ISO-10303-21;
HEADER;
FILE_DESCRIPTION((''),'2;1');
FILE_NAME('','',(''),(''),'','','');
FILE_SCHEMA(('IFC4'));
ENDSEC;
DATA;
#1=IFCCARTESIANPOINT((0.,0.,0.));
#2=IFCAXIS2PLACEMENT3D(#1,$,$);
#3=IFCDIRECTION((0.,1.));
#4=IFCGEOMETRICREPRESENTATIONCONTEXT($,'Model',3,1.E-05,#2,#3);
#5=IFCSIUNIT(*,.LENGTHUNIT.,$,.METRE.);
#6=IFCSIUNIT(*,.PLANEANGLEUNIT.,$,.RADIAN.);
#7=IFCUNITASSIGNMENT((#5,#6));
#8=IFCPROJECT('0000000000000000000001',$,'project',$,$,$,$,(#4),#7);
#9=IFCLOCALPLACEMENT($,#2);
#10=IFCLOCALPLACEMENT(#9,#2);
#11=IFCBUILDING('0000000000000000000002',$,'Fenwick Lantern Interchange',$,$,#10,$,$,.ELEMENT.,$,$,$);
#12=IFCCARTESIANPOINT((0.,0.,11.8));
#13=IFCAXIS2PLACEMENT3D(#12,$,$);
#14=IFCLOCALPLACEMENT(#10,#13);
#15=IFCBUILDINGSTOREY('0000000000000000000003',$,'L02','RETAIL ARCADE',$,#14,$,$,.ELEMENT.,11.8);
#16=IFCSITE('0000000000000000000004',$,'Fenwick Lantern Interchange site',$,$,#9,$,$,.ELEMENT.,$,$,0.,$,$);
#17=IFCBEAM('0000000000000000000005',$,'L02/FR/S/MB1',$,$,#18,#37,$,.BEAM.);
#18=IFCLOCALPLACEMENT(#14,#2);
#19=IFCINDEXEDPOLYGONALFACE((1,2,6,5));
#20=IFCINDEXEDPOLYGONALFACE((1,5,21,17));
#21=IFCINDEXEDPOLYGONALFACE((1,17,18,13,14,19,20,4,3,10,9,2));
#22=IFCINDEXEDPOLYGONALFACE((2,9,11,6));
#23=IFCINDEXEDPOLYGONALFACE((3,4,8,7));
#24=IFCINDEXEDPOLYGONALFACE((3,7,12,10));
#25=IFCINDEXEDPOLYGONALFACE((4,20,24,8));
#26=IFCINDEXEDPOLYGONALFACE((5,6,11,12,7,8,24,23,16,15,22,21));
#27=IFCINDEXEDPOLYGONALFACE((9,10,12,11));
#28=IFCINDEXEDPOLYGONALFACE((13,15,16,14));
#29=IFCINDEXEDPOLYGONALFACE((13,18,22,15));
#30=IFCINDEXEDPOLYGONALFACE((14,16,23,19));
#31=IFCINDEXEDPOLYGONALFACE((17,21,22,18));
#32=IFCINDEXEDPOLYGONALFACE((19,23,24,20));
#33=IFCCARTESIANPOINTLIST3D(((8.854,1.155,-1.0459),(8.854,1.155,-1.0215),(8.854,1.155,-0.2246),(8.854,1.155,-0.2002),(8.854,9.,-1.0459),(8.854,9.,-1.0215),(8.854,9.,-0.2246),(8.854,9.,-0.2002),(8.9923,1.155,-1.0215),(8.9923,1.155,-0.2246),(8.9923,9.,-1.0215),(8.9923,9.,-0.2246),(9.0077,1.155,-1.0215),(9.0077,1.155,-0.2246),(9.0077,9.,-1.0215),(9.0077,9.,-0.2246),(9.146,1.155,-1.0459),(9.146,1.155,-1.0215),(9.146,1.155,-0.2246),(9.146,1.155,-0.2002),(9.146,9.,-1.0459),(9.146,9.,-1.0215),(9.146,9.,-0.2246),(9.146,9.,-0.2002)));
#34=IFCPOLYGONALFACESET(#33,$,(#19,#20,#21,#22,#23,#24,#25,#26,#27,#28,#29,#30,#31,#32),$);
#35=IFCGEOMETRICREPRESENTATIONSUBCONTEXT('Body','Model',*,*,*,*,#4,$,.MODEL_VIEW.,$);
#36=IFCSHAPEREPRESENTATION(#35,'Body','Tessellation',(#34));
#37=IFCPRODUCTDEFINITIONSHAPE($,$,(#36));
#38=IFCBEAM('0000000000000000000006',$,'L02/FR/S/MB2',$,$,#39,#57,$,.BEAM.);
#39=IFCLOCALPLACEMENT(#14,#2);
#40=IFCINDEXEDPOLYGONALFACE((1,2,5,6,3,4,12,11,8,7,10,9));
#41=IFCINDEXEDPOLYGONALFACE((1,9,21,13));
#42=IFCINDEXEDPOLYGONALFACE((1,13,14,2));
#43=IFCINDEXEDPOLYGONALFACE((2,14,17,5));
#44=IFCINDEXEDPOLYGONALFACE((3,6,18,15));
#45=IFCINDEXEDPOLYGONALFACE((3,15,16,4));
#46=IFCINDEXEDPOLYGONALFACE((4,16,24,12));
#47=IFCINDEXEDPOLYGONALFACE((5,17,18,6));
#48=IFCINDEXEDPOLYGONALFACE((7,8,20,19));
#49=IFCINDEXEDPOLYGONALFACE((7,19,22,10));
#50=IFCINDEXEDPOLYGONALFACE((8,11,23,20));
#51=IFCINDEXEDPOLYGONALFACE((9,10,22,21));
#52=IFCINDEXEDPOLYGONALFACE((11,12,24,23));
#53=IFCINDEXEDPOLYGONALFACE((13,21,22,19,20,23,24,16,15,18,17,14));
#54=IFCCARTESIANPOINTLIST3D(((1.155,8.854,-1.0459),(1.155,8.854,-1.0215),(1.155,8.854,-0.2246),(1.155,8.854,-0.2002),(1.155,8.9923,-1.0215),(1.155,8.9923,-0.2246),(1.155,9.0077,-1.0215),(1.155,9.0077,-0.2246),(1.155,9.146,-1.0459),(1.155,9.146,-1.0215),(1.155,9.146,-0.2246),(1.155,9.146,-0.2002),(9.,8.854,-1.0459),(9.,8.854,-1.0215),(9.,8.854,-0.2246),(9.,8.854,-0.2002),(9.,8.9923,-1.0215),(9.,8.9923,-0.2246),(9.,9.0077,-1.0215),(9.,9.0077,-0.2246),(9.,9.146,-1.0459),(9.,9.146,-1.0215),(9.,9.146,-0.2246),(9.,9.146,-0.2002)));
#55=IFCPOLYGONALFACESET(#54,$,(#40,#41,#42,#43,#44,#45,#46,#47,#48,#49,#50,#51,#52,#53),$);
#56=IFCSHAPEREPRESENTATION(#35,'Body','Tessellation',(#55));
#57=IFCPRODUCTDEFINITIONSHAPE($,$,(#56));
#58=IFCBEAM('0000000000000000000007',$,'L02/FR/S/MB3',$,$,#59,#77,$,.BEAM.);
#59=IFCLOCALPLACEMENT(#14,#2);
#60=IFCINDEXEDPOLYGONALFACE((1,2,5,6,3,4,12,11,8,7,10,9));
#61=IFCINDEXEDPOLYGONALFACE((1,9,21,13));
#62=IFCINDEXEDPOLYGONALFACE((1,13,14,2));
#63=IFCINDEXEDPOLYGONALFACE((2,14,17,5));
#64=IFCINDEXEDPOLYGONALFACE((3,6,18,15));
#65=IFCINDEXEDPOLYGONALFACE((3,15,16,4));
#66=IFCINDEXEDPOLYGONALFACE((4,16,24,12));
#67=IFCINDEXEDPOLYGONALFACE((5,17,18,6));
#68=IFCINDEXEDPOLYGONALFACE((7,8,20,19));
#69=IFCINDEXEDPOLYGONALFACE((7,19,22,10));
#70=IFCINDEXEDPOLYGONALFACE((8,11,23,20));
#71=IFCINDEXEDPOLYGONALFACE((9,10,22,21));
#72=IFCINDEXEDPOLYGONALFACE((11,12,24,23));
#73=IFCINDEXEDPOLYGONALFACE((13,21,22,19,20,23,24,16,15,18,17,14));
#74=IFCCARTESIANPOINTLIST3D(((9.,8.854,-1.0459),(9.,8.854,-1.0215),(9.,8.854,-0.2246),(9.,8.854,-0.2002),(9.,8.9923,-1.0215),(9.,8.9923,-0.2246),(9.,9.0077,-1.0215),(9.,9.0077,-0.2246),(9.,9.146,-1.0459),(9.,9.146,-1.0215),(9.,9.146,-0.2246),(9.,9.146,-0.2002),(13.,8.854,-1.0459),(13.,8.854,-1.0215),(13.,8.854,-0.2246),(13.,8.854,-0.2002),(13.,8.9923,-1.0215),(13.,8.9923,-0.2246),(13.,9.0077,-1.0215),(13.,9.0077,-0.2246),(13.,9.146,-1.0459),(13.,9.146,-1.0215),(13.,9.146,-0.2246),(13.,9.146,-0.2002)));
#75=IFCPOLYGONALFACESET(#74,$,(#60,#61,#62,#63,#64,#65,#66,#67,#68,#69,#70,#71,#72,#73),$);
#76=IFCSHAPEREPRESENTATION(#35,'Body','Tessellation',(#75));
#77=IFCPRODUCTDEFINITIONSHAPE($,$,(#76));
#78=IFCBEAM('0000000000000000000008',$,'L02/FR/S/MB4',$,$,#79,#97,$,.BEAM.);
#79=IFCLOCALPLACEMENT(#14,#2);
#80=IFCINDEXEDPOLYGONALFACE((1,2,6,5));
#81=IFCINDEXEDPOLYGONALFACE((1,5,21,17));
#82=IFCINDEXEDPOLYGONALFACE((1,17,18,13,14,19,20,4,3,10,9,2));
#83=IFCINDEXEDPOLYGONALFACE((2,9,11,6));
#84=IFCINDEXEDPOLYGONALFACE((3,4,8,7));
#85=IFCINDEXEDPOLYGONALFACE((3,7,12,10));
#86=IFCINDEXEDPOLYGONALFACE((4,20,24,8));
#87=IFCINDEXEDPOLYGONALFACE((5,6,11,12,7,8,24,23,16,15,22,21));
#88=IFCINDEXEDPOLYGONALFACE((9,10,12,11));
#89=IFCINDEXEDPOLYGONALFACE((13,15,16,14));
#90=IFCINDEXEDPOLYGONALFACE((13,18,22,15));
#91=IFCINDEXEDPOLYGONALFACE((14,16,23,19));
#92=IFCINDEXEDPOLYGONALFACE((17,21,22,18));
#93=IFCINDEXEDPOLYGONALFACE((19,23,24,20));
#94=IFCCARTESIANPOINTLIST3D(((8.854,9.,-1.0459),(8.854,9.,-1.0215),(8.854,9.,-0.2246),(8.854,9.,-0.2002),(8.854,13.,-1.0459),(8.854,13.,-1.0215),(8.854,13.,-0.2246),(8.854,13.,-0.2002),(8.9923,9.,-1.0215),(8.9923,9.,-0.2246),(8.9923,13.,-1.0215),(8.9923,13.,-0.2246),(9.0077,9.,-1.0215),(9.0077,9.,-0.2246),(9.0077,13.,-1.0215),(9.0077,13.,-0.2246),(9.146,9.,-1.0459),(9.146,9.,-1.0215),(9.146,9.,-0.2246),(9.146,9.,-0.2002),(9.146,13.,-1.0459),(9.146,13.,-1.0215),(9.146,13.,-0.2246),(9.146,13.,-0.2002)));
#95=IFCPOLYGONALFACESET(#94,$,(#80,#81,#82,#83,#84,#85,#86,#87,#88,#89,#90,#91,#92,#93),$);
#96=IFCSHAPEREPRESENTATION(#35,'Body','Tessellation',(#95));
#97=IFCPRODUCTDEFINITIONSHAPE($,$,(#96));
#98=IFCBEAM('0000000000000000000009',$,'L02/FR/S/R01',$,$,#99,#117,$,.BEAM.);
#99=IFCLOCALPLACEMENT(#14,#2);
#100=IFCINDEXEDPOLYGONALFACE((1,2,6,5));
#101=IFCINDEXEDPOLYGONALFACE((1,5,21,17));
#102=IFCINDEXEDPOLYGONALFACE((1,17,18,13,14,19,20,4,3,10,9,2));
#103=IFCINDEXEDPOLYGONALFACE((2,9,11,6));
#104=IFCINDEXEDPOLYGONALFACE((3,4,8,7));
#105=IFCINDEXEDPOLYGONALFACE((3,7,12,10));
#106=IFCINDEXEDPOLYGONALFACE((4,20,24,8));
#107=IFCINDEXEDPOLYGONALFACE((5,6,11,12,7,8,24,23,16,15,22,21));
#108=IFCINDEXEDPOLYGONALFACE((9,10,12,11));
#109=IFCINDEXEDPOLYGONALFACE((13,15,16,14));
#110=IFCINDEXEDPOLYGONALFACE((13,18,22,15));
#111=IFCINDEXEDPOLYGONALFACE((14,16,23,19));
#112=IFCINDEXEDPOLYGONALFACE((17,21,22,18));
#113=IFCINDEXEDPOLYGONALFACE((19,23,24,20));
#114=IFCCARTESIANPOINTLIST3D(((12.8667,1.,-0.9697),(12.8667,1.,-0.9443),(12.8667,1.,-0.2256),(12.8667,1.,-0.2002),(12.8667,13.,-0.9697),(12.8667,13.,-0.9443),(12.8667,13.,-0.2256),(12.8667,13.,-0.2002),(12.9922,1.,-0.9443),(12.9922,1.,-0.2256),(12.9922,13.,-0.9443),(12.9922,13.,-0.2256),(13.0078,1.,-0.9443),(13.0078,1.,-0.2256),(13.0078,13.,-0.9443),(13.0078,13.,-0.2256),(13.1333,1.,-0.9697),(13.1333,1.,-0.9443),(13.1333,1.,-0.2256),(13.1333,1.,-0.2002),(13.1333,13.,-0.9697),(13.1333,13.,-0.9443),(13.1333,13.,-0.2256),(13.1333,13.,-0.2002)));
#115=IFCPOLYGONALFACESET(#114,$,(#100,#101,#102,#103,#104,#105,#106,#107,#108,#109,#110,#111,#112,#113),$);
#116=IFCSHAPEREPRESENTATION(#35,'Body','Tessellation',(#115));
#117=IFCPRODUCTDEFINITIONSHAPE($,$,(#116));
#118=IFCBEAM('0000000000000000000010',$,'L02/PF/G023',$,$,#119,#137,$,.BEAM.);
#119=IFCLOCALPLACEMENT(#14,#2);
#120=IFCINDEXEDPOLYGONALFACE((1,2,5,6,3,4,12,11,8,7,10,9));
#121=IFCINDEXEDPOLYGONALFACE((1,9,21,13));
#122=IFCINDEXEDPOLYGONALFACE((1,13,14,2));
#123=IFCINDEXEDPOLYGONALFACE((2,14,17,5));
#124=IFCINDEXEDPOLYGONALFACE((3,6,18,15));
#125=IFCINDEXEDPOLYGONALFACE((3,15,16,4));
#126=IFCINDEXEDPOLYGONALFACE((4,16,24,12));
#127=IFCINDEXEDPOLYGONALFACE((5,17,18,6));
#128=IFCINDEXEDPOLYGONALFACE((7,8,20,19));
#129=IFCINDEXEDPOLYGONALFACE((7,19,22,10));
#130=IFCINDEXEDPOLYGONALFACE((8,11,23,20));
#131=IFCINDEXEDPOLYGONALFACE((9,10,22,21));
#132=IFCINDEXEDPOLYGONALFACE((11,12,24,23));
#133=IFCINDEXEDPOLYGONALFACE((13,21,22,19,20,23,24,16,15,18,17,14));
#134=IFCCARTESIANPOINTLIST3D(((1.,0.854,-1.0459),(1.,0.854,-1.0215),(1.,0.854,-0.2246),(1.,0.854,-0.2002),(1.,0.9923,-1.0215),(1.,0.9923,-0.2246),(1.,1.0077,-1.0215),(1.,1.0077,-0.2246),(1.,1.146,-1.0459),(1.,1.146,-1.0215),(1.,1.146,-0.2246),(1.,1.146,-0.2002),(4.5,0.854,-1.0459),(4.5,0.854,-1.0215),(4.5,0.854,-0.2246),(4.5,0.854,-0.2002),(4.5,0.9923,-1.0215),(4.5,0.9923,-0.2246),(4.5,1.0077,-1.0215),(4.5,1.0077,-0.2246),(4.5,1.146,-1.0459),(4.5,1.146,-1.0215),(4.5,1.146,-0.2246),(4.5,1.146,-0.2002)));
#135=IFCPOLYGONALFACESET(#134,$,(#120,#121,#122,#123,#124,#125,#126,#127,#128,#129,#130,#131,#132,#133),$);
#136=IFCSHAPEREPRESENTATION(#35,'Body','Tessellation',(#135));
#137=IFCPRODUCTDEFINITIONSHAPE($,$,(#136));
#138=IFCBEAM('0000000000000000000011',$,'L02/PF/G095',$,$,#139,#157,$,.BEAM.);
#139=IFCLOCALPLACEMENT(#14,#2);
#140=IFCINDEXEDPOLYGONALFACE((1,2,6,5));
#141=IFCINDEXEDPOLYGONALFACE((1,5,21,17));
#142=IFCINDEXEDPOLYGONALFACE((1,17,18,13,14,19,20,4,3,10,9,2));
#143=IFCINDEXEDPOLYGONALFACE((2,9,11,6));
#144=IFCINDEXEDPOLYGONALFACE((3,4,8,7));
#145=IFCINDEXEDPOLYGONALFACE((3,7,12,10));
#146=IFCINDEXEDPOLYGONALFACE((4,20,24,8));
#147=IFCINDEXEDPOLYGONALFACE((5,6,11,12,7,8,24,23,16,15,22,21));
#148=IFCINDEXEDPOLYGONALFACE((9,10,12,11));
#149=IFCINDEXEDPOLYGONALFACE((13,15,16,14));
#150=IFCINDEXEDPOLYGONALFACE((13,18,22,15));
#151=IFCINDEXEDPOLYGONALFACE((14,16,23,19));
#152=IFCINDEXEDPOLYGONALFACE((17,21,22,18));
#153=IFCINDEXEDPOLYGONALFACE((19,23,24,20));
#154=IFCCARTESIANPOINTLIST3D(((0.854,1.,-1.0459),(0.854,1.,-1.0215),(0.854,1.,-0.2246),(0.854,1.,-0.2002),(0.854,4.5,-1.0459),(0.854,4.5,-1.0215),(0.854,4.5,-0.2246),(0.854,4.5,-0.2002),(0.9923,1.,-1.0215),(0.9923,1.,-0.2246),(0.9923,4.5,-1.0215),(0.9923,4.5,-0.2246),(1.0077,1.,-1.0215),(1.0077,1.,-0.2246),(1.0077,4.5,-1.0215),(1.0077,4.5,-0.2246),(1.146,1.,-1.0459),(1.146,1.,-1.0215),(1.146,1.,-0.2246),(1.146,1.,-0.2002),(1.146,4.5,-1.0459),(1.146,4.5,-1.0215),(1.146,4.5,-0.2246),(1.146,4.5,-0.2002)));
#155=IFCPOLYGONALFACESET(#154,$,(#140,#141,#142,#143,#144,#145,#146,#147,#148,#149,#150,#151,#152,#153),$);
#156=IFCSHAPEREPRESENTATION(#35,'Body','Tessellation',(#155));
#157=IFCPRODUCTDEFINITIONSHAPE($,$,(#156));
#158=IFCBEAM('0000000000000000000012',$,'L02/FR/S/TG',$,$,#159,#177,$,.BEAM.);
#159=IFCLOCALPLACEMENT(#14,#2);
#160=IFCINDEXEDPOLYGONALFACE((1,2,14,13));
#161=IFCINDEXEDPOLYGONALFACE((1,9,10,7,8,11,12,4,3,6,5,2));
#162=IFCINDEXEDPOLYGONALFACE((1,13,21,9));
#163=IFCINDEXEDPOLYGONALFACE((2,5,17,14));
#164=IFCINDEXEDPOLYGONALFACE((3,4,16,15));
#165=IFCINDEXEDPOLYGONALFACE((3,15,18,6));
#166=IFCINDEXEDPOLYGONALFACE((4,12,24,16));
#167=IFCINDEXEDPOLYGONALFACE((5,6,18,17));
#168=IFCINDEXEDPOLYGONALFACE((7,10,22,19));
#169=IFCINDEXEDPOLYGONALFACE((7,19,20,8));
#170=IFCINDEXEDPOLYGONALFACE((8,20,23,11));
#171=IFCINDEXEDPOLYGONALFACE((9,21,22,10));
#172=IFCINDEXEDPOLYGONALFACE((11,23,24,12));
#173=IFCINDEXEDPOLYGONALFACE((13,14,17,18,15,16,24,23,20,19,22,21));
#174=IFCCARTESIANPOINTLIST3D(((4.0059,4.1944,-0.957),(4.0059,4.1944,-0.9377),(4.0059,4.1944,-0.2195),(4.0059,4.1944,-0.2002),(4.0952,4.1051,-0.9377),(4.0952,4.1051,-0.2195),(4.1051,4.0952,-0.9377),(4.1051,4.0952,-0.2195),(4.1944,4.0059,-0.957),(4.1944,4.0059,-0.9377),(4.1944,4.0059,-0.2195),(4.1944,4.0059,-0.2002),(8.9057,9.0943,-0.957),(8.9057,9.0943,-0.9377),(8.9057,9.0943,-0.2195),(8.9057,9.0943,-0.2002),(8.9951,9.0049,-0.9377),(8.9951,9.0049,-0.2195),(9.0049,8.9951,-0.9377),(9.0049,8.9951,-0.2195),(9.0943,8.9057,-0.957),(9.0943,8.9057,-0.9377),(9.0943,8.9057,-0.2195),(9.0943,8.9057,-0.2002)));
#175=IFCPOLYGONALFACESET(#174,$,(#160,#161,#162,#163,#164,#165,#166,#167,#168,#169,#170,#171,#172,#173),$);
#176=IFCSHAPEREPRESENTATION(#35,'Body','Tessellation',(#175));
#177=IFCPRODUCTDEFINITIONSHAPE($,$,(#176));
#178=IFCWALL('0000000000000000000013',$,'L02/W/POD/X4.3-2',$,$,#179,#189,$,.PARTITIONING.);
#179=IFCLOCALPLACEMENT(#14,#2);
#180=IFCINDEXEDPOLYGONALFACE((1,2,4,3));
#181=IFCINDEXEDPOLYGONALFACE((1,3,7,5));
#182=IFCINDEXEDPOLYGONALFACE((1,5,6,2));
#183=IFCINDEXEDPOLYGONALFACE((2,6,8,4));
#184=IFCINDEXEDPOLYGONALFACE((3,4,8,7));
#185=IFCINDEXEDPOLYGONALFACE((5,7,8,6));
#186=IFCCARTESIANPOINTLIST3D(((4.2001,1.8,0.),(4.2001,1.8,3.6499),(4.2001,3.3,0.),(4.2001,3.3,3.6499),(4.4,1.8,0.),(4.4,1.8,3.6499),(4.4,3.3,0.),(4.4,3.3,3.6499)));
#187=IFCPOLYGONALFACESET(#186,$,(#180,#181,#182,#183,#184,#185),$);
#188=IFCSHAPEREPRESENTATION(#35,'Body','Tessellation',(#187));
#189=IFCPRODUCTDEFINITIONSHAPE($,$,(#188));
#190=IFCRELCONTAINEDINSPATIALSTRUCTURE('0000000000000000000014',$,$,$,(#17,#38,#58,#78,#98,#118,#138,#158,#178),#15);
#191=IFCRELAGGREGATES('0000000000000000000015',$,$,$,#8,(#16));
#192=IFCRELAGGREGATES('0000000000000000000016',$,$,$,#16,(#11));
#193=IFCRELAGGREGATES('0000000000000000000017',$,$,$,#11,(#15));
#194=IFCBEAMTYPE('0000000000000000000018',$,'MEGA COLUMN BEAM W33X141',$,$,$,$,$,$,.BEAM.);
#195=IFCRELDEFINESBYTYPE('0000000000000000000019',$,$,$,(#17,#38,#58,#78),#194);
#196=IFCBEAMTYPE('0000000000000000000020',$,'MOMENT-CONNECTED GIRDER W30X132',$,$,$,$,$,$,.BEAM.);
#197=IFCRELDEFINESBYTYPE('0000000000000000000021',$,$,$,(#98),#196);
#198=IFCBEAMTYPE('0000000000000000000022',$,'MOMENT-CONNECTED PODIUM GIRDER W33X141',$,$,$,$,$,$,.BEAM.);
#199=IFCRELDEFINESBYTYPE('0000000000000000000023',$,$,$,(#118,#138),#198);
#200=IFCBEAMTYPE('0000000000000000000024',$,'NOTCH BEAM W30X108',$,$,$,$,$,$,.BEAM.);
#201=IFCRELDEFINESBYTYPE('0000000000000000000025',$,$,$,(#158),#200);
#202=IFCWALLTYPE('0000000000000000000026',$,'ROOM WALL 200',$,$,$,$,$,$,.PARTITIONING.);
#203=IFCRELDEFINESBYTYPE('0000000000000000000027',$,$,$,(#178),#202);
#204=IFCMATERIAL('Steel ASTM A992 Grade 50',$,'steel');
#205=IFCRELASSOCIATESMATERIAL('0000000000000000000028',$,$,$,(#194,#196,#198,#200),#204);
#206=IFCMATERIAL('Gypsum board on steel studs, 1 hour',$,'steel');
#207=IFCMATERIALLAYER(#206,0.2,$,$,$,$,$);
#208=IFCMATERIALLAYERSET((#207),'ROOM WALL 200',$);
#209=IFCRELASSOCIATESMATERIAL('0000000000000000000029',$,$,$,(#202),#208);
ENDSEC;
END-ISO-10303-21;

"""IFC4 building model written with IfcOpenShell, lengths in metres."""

from ifc_helpers import new_model, si_unit, direction, frame, frame_2d, origin, origin_2d, place, context, subcontext, project, spatial, rectangle, i_section, extrude, material, layer, layer_set, material_profile, profile_set, type_object, element, save


model = new_model("IFC4")

# Units and contexts
model_context = context("Model", 3, precision=1e-05, world=origin(), true_north=direction((0.0, 1.0)))
body_context = subcontext(model_context, "Body", "Model", "MODEL_VIEW")
ifc_project = project(units=[si_unit("LENGTHUNIT", "METRE"), si_unit("PLANEANGLEUNIT", "RADIAN")], contexts=[model_context])

# Site, building, storey
site_placement = place(None, origin())
site = spatial("IfcSite", under=ifc_project, at=site_placement, Name="Fenwick Lantern Interchange site", CompositionType="ELEMENT", RefElevation=0.0)
building_placement = place(site_placement, origin())
building = spatial("IfcBuilding", under=site, at=building_placement, Name="Fenwick Lantern Interchange", CompositionType="ELEMENT")
storey_placement = place(building_placement, frame((0.0, 0.0, 11.8)))
storey = spatial("IfcBuildingStorey", under=building, at=storey_placement, Name="L02", Description="RETAIL ARCADE", CompositionType="ELEMENT", Elevation=11.8)

# Beams
ifc_material_1 = material(Name="Steel ASTM A992 Grade 50", Category="steel")
ifc_material_profile_1 = material_profile(ifc_material_1, i_section(OverallWidth=0.292, OverallDepth=0.8457, WebThickness=0.0154, FlangeThickness=0.0244, at=origin_2d()), Name="W33X141")
ifc_profile_set_1 = profile_set([ifc_material_profile_1], Name="Steel ASTM A992 Grade 50")
beam_type_1 = type_object("IfcBeamType", Name="MEGA COLUMN BEAM W33X141", PredefinedType="BEAM", material=ifc_profile_set_1)
for number, where, z_axis, x_axis, name in (
    (1, (9.0, 9.0, -0.623), (0.0, -1.0, 0.0), (1.0, 0.0, 0.0), "L02/FR/S/MB1"),
    (2, (9.0, 9.0, -0.623), (-1.0, 0.0, 0.0), (0.0, -1.0, 0.0), "L02/FR/S/MB2"),
):
    element("IfcBeam", number, at=place(storey_placement, frame(where, z_axis=z_axis, x_axis=x_axis)), inside=storey, type_object=beam_type_1, Name=name, PredefinedType="BEAM", context=body_context, shape_type="SweptSolid", body=[
        extrude(i_section(OverallWidth=0.292, OverallDepth=0.8457, WebThickness=0.0154, FlangeThickness=0.0244, at=origin_2d()), origin(), (0.0, 0.0, 1.0), 7.845),
    ])
for number, where, z_axis, x_axis, name in (
    (3, (9.0, 9.0, -0.623), (1.0, 0.0, 0.0), (0.0, 1.0, 0.0), "L02/FR/S/MB3"),
    (4, (9.0, 9.0, -0.623), (0.0, 1.0, 0.0), (-1.0, 0.0, 0.0), "L02/FR/S/MB4"),
):
    element("IfcBeam", number, at=place(storey_placement, frame(where, z_axis=z_axis, x_axis=x_axis)), inside=storey, type_object=beam_type_1, Name=name, PredefinedType="BEAM", context=body_context, shape_type="SweptSolid", body=[
        extrude(i_section(OverallWidth=0.292, OverallDepth=0.8457, WebThickness=0.0154, FlangeThickness=0.0244, at=origin_2d()), origin(), (0.0, 0.0, 1.0), 4.0),
    ])
ifc_material_profile_2 = material_profile(ifc_material_1, i_section(OverallWidth=0.2666, OverallDepth=0.7695, WebThickness=0.0156, FlangeThickness=0.0254, at=origin_2d()), Name="W30X132")
ifc_profile_set_2 = profile_set([ifc_material_profile_2], Name="Steel ASTM A992 Grade 50")
beam_type_2 = type_object("IfcBeamType", Name="MOMENT-CONNECTED GIRDER W30X132", PredefinedType="BEAM", material=ifc_profile_set_2)
beam_1_placement = place(storey_placement, frame((13.0, 1.0, -0.585), z_axis=(0.0, 1.0, 0.0), x_axis=(-1.0, 0.0, 0.0)))
element("IfcBeam", 5, at=beam_1_placement, inside=storey, type_object=beam_type_2, Name="L02/FR/S/R01", PredefinedType="BEAM", context=body_context, shape_type="SweptSolid", body=[
    extrude(i_section(OverallWidth=0.2666, OverallDepth=0.7695, WebThickness=0.0156, FlangeThickness=0.0254, at=origin_2d()), origin(), (0.0, 0.0, 1.0), 12.0),
])
ifc_material_profile_3 = material_profile(ifc_material_1, i_section(OverallWidth=0.292, OverallDepth=0.8457, WebThickness=0.0154, FlangeThickness=0.0244, at=origin_2d()), Name="W33X141")
ifc_profile_set_3 = profile_set([ifc_material_profile_3], Name="Steel ASTM A992 Grade 50")
beam_type_3 = type_object("IfcBeamType", Name="MOMENT-CONNECTED PODIUM GIRDER W33X141", PredefinedType="BEAM", material=ifc_profile_set_3)
for number, where, z_axis, x_axis, name in (
    (6, (1.0, 1.0, -0.623), (1.0, 0.0, 0.0), (0.0, 1.0, 0.0), "L02/PF/G023"),
    (7, (1.0, 1.0, -0.623), (0.0, 1.0, 0.0), (-1.0, 0.0, 0.0), "L02/PF/G095"),
):
    element("IfcBeam", number, at=place(storey_placement, frame(where, z_axis=z_axis, x_axis=x_axis)), inside=storey, type_object=beam_type_3, Name=name, PredefinedType="BEAM", context=body_context, shape_type="SweptSolid", body=[
        extrude(i_section(OverallWidth=0.292, OverallDepth=0.8457, WebThickness=0.0154, FlangeThickness=0.0244, at=origin_2d()), origin(), (0.0, 0.0, 1.0), 3.5),
    ])
ifc_material_profile_4 = material_profile(ifc_material_1, i_section(OverallWidth=0.2666, OverallDepth=0.7568, WebThickness=0.0139, FlangeThickness=0.0193, at=origin_2d()), Name="W30X108")
ifc_profile_set_4 = profile_set([ifc_material_profile_4], Name="Steel ASTM A992 Grade 50")
beam_type_4 = type_object("IfcBeamType", Name="NOTCH BEAM W30X108", PredefinedType="BEAM", material=ifc_profile_set_4)
beam_2_placement = place(storey_placement, frame((9.0, 9.0, -0.5786), z_axis=(-0.707107, -0.707107, 0.0), x_axis=(0.707107, -0.707107, 0.0)))
element("IfcBeam", 8, at=beam_2_placement, inside=storey, type_object=beam_type_4, Name="L02/FR/S/TG", PredefinedType="BEAM", context=body_context, shape_type="SweptSolid", body=[
    extrude(i_section(OverallWidth=0.2666, OverallDepth=0.7568, WebThickness=0.0139, FlangeThickness=0.0193, at=origin_2d()), origin(), (0.0, 0.0, 1.0), 6.9294),
])

# Wall
ifc_material_2 = material(Name="Gypsum board on steel studs, 1 hour", Category="steel")
ifc_layer = layer(ifc_material_2, 0.2)
ifc_layer_set = layer_set([ifc_layer], Name="ROOM WALL 200")
wall_type = type_object("IfcWallType", Name="ROOM WALL 200", PredefinedType="PARTITIONING", material=ifc_layer_set)
wall_1_placement = place(storey_placement, frame((4.3, 1.8, 0.0), z_axis=(0.0, 0.0, 1.0), x_axis=(0.0, 1.0, 0.0)))
element("IfcWall", 9, at=wall_1_placement, inside=storey, type_object=wall_type, Name="L02/W/POD/X4.3-2", PredefinedType="PARTITIONING", context=body_context, shape_type="SweptSolid", body=[
    extrude(rectangle(XDim=1.5, YDim=0.2, at=frame_2d((0.75, 0.0))), origin(), (0.0, 0.0, 1.0), 3.6499),
])

save(model, "model.ifc")
